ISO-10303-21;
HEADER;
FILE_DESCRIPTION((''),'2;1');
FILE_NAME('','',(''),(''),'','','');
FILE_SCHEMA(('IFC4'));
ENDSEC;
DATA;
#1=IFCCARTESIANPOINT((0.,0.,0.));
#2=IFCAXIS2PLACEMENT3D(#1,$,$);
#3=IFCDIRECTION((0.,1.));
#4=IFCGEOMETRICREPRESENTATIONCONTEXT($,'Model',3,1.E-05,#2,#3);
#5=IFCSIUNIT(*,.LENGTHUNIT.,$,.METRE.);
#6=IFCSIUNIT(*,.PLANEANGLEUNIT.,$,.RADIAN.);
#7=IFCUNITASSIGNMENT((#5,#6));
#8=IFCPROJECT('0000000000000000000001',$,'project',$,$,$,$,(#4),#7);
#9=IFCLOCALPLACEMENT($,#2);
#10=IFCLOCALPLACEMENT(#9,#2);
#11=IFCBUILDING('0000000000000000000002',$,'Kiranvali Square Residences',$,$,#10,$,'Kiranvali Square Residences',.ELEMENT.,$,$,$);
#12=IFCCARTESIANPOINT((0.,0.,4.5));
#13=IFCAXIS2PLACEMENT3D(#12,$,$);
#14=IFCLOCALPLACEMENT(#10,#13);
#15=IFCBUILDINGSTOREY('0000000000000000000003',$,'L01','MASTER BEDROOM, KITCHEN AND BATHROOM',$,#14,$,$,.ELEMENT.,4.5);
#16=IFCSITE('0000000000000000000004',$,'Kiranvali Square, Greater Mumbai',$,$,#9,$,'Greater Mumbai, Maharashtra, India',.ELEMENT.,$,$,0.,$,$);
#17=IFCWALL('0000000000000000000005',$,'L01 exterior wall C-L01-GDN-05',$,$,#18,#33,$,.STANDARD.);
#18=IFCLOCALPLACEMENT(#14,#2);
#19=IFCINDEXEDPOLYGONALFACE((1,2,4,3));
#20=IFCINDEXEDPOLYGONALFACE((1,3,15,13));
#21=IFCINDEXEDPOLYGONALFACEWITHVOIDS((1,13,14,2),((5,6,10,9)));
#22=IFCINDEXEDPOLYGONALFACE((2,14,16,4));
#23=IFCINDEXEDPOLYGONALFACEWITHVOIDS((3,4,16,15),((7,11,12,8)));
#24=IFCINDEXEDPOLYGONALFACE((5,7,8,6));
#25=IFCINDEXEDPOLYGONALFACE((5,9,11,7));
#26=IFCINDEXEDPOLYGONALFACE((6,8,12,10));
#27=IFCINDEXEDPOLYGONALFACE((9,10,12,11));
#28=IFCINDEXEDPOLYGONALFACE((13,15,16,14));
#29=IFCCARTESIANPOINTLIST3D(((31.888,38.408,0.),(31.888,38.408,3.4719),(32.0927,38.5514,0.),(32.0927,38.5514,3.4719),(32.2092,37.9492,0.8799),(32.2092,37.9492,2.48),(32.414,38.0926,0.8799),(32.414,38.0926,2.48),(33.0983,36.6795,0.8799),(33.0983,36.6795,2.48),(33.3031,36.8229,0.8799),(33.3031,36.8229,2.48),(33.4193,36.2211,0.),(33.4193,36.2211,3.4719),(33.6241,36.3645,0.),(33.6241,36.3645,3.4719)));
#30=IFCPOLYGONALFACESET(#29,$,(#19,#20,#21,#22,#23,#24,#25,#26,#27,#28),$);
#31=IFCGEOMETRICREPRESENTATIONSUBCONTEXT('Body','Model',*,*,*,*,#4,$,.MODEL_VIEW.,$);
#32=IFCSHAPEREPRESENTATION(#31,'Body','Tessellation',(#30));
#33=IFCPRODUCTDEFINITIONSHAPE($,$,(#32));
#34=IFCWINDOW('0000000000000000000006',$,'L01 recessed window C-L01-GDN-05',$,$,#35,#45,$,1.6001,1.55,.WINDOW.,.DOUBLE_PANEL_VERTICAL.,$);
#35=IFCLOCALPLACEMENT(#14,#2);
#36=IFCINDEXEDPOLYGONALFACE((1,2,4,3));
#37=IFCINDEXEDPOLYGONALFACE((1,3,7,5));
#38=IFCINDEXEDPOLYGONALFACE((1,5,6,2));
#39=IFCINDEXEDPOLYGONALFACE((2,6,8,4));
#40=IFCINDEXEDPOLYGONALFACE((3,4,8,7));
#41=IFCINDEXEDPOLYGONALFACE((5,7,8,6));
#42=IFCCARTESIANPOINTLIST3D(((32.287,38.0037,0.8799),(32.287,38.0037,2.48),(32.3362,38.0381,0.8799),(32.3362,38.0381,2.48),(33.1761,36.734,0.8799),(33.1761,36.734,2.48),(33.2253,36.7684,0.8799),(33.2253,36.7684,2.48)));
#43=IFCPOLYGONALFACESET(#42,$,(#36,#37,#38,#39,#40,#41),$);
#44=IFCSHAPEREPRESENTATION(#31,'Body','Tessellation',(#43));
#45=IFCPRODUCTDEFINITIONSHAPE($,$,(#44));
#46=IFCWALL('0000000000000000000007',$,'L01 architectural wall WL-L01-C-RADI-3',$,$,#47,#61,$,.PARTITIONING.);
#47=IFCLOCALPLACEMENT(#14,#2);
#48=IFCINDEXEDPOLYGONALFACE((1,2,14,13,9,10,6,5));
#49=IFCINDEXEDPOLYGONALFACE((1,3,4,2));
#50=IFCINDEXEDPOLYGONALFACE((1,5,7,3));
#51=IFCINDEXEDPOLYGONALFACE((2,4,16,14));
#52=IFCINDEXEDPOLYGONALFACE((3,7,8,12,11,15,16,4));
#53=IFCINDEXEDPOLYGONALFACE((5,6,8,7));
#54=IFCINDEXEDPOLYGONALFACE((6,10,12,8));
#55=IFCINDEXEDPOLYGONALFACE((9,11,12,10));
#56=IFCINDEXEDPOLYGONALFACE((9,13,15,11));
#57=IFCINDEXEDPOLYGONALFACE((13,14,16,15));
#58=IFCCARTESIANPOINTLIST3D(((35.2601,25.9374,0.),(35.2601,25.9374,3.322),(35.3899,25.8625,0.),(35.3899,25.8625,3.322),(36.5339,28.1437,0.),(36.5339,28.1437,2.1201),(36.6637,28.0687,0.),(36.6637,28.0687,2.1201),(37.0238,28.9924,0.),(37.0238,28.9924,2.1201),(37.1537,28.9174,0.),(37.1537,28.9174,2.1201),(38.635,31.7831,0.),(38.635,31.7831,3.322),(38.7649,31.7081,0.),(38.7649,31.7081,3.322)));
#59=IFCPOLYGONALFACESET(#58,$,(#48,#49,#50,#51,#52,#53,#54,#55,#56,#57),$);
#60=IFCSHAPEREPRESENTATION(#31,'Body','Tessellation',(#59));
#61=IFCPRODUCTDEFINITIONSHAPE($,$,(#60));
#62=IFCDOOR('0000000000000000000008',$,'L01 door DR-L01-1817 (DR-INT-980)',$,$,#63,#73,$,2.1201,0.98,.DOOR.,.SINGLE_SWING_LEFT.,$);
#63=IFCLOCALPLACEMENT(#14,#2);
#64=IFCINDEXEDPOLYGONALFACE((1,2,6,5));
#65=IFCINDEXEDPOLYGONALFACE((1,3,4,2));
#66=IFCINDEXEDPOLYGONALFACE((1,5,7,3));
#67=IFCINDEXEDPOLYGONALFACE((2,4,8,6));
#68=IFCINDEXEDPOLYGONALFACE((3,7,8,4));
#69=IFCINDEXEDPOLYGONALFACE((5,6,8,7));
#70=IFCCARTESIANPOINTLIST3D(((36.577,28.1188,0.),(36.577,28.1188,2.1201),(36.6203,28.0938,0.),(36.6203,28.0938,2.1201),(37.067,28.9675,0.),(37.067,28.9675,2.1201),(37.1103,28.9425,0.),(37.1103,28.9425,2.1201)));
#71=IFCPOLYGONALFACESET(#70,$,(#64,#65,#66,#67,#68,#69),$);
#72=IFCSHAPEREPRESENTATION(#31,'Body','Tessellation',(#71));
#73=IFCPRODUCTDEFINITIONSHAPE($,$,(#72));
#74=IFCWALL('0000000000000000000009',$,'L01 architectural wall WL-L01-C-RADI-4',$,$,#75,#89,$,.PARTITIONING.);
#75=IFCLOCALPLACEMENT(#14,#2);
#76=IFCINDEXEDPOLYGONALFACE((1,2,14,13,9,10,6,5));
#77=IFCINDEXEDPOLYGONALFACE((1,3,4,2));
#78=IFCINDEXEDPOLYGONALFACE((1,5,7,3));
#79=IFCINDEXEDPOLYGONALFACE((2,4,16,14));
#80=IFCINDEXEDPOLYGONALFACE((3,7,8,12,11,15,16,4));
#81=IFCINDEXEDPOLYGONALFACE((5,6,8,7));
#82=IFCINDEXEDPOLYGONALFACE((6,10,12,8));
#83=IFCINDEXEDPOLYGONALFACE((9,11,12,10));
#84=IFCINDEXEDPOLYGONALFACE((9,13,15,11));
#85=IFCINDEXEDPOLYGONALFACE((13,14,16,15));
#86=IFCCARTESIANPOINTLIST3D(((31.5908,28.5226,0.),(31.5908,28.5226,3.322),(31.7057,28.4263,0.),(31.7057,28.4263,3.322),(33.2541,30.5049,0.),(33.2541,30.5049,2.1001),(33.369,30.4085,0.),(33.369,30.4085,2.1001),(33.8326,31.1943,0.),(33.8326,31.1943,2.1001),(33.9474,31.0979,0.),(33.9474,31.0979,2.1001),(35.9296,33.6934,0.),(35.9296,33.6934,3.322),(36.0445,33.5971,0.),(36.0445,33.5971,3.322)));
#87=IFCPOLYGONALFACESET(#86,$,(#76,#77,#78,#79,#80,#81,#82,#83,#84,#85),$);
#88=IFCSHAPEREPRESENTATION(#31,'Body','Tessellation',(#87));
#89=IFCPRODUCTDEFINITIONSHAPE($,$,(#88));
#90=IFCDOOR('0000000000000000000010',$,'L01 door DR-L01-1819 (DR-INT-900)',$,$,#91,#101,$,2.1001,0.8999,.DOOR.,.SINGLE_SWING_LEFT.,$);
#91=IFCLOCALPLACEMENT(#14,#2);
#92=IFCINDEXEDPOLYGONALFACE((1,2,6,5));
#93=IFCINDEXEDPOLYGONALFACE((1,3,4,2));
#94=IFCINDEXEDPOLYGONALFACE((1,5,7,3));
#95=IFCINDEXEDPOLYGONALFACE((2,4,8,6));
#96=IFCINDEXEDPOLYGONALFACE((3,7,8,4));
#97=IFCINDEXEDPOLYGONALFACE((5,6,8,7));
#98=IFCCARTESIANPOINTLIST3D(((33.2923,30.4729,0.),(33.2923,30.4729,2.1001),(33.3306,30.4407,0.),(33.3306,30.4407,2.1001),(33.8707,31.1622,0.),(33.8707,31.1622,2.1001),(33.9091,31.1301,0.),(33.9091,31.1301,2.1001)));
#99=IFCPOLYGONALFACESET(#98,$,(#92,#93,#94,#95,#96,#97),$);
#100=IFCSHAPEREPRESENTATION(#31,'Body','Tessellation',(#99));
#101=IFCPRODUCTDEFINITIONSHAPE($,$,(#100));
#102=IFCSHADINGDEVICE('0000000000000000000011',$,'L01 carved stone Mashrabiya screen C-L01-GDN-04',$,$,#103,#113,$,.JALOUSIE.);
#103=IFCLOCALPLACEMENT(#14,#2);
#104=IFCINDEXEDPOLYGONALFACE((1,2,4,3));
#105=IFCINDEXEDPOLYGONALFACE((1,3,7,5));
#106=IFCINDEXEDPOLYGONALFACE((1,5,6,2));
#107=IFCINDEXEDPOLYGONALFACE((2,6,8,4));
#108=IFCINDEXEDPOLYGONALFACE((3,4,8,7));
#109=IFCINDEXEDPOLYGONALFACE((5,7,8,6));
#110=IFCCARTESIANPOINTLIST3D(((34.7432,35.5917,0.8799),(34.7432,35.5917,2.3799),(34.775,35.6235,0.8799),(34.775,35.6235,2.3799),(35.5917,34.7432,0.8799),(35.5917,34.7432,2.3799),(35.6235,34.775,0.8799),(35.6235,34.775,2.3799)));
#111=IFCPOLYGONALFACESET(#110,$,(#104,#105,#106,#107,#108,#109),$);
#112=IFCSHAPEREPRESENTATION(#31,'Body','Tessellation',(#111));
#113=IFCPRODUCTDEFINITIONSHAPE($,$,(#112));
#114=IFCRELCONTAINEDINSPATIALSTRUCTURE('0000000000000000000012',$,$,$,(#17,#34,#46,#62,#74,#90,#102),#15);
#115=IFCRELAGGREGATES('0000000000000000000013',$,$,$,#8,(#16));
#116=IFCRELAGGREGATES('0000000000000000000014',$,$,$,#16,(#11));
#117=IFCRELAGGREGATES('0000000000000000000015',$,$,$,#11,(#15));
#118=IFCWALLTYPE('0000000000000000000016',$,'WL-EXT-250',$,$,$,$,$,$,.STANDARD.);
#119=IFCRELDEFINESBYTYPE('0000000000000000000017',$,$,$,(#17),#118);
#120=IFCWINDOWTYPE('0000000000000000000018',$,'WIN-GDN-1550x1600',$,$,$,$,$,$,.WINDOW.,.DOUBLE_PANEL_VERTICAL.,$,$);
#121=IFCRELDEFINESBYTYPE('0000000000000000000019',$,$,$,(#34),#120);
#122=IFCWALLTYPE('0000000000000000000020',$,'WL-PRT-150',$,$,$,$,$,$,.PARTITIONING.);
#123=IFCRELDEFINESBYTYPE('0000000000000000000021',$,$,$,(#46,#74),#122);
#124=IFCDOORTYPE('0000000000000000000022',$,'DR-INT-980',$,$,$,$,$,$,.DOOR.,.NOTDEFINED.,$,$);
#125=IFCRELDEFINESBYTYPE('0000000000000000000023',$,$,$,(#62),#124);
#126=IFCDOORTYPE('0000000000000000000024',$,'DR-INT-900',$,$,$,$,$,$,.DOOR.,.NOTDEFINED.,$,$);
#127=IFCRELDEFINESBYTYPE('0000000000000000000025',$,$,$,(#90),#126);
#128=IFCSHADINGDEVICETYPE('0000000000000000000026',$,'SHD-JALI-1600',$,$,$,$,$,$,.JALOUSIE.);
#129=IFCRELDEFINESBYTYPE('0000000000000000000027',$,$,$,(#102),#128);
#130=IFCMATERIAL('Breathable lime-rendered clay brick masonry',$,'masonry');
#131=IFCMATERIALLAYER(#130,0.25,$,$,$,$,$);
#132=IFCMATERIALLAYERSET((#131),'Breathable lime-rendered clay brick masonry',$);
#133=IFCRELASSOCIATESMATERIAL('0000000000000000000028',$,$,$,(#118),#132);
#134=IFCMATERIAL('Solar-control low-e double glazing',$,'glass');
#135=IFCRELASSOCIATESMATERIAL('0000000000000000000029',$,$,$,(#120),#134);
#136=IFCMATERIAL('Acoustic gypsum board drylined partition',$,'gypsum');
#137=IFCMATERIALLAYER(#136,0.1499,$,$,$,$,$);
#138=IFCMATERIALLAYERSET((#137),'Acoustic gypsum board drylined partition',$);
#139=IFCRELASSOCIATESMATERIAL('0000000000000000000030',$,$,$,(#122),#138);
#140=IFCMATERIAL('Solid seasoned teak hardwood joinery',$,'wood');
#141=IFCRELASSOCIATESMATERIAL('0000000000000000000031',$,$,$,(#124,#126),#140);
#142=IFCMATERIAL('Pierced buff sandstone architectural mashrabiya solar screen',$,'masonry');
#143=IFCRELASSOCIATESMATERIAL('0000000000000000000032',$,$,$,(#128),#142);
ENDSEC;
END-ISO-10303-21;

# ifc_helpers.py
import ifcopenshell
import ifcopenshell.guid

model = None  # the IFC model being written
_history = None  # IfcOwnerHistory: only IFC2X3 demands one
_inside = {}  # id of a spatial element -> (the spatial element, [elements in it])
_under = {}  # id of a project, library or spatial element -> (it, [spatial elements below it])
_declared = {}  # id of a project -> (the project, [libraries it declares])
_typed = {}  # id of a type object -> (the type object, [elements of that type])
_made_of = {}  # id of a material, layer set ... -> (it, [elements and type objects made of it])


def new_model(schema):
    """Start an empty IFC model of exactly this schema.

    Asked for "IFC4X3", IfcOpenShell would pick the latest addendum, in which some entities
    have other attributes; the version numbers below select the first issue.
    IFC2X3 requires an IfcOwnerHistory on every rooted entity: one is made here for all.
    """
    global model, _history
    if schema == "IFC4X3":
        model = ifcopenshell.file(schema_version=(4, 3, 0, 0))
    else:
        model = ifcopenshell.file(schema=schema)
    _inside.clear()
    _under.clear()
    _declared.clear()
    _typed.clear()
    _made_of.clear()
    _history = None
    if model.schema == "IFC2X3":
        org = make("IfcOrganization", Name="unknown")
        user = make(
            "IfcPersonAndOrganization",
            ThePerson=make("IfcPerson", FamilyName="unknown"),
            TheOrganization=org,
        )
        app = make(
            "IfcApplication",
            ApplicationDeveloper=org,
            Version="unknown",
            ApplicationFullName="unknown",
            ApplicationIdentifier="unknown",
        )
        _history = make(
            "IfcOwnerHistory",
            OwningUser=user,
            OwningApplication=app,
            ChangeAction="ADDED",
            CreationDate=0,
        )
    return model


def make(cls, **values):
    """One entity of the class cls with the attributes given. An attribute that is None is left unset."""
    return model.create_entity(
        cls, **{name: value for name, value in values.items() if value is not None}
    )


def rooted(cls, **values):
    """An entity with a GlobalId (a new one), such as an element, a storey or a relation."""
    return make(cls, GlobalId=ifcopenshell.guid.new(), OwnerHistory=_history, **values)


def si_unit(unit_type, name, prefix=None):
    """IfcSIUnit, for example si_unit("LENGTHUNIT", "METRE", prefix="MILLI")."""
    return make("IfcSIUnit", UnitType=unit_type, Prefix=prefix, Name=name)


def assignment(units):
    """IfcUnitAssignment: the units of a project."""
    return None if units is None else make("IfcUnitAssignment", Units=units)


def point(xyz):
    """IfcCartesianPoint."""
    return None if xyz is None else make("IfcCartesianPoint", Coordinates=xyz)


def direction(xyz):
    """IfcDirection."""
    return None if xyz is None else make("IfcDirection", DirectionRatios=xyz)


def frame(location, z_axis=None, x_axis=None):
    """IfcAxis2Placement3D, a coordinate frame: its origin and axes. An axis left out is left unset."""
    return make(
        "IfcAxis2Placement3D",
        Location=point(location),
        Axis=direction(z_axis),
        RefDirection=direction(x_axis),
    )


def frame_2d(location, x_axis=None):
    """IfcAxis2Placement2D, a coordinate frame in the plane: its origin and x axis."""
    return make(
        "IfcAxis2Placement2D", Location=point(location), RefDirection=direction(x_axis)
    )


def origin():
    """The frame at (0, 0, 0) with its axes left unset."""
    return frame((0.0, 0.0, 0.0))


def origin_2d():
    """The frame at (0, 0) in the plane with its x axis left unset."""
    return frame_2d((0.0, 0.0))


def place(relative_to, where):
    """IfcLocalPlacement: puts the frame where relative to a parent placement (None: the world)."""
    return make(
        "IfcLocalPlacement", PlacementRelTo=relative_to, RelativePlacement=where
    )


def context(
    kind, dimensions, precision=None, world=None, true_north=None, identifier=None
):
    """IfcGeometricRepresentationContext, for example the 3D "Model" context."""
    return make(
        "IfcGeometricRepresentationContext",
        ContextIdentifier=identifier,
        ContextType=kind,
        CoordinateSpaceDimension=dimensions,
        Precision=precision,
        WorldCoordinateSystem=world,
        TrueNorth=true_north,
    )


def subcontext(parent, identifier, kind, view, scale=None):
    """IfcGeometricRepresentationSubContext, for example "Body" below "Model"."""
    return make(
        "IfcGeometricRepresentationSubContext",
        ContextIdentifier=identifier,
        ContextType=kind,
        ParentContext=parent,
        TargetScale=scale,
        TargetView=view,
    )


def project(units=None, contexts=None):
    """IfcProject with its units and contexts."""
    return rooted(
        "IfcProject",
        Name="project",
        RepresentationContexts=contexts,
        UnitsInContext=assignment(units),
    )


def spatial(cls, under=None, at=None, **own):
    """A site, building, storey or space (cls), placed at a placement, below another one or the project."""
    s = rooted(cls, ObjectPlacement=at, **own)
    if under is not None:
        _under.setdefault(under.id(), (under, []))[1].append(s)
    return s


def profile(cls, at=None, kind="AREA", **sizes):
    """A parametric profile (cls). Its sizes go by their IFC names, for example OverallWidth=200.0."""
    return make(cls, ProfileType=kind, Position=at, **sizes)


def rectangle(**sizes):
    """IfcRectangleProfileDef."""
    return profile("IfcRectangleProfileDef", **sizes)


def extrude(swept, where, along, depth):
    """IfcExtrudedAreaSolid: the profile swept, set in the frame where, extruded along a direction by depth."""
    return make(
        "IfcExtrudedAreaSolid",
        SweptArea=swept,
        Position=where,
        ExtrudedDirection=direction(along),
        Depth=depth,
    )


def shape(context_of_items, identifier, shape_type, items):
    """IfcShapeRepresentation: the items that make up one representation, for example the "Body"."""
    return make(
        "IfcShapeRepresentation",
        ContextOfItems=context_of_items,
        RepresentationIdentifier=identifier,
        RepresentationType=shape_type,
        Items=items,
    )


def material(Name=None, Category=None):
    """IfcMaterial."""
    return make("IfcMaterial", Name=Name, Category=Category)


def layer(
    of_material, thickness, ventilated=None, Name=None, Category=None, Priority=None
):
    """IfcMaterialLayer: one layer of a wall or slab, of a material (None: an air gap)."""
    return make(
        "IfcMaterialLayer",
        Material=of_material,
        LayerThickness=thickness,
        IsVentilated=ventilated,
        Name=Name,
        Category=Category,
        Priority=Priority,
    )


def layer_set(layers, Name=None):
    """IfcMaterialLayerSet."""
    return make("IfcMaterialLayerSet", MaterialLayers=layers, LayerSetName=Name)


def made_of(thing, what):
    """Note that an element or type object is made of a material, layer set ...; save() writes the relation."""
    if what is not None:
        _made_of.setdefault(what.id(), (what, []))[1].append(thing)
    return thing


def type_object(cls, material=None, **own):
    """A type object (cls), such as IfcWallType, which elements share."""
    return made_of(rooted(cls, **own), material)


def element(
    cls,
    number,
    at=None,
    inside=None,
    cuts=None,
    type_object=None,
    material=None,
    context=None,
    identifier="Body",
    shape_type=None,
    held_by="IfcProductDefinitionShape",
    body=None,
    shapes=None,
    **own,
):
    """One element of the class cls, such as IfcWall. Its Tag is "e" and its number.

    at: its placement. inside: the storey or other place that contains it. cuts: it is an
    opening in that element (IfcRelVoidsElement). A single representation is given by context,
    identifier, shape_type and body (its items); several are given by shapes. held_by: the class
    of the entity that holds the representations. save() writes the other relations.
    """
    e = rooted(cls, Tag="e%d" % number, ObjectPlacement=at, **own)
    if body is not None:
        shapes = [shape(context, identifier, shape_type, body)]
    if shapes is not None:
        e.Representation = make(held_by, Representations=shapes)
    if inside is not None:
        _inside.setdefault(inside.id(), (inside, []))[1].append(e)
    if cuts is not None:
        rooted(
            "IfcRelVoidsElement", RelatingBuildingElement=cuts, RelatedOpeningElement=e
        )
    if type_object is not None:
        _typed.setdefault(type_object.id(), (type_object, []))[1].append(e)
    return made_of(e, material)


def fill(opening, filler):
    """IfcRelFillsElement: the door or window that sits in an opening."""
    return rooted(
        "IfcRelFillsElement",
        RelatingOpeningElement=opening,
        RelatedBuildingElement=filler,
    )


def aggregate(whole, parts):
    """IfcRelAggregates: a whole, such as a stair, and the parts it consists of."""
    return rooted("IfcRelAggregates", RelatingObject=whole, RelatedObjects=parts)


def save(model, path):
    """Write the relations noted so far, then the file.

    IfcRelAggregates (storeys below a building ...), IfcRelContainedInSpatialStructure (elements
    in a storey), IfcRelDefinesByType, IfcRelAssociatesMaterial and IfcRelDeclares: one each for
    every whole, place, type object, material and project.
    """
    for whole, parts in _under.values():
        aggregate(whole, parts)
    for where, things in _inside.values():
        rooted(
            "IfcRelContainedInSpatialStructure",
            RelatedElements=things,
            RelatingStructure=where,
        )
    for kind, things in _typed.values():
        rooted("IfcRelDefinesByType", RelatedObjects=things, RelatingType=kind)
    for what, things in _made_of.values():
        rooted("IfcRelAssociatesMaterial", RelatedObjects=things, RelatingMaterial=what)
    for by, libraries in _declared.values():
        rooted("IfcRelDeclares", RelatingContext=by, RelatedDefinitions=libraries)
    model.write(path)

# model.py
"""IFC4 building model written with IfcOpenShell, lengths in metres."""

from ifc_helpers import new_model, si_unit, direction, frame, frame_2d, origin, origin_2d, place, context, subcontext, project, spatial, rectangle, extrude, material, layer, layer_set, type_object, element, fill, save


model = new_model("IFC4")

# Units and contexts
model_context = context("Model", 3, precision=1e-05, world=origin(), true_north=direction((0.0, 1.0)))
body_context = subcontext(model_context, "Body", "Model", "MODEL_VIEW")
ifc_project = project(units=[si_unit("LENGTHUNIT", "METRE"), si_unit("PLANEANGLEUNIT", "RADIAN")], contexts=[model_context])

# Site, building, storey
site_placement = place(None, origin())
site = spatial("IfcSite", under=ifc_project, at=site_placement, Name="Kiranvali Square, Greater Mumbai", LongName="Greater Mumbai, Maharashtra, India", CompositionType="ELEMENT", RefElevation=0.0)
building_placement = place(site_placement, origin())
building = spatial("IfcBuilding", under=site, at=building_placement, Name="Kiranvali Square Residences", LongName="Kiranvali Square Residences", CompositionType="ELEMENT")
storey_placement = place(building_placement, frame((0.0, 0.0, 4.5)))
storey = spatial("IfcBuildingStorey", under=building, at=storey_placement, Name="L01", Description="MASTER BEDROOM, KITCHEN AND BATHROOM", CompositionType="ELEMENT", Elevation=4.5)

# Shared definitions
ifc_material_1 = material(Name="Solar-control low-e double glazing", Category="glass")

# Wall, opening, window
ifc_material_2 = material(Name="Breathable lime-rendered clay brick masonry", Category="masonry")
ifc_layer_1 = layer(ifc_material_2, 0.25)
ifc_layer_set_1 = layer_set([ifc_layer_1], Name="Breathable lime-rendered clay brick masonry")
wall_type_1 = type_object("IfcWallType", Name="WL-EXT-250", PredefinedType="STANDARD", material=ifc_layer_set_1)
wall_1_placement = place(storey_placement, frame((33.5217, 36.2927, 0.0), z_axis=(0.0, 0.0, 1.0), x_axis=(-0.573591, 0.819142, 0.0)))
wall_1 = element("IfcWall", 1, at=wall_1_placement, inside=storey, type_object=wall_type_1, Name="L01 exterior wall C-L01-GDN-05", PredefinedType="STANDARD", context=body_context, shape_type="SweptSolid", body=[
    extrude(rectangle(XDim=2.6697, YDim=0.25, at=frame_2d((1.335, 0.0))), origin(), (0.0, 0.0, 1.0), 3.4719),
])
opening_1_placement = place(wall_1_placement, frame((0.5598, 0.0, 0.8799)))
opening_1 = element("IfcOpeningElement", 2, at=opening_1_placement, cuts=wall_1, PredefinedType="OPENING", context=body_context, shape_type="SweptSolid", body=[
    extrude(rectangle(XDim=1.55, YDim=1.6001, at=frame_2d((0.7749, 0.8))), frame((0.0, 0.135, 0.0), z_axis=(0.0, -1.0, 0.0), x_axis=(1.0, 0.0, 0.0)), (0.0, 0.0, 1.0), 0.27),
])
window_type_1 = type_object("IfcWindowType", Name="WIN-GDN-1550x1600", PartitioningType="DOUBLE_PANEL_VERTICAL", PredefinedType="WINDOW", material=ifc_material_1)
window_1_placement = place(opening_1_placement, origin())
window_1 = element("IfcWindow", 3, at=window_1_placement, inside=storey, type_object=window_type_1, Name="L01 recessed window C-L01-GDN-05", OverallHeight=1.6001, OverallWidth=1.55, PartitioningType="DOUBLE_PANEL_VERTICAL", PredefinedType="WINDOW", context=body_context, shape_type="SweptSolid", body=[
    extrude(rectangle(XDim=1.55, YDim=1.6001, at=frame_2d((0.7749, 0.8))), frame((0.0, 0.03, 0.0), z_axis=(0.0, -1.0, 0.0), x_axis=(1.0, 0.0, 0.0)), (0.0, 0.0, 1.0), 0.0601),
])
fill(opening_1, window_1)

# Walls, openings, doors
ifc_material_3 = material(Name="Acoustic gypsum board drylined partition", Category="gypsum")
ifc_layer_2 = layer(ifc_material_3, 0.1499)
ifc_layer_set_2 = layer_set([ifc_layer_2], Name="Acoustic gypsum board drylined partition")
wall_type_2 = type_object("IfcWallType", Name="WL-PRT-150", PredefinedType="PARTITIONING", material=ifc_layer_set_2)
wall_2_placement = place(storey_placement, frame((38.7, 31.7456, 0.0), z_axis=(0.0, 0.0, 1.0), x_axis=(-0.499998, -0.866027, 0.0)))
wall_2 = element("IfcWall", 4, at=wall_2_placement, inside=storey, type_object=wall_type_2, Name="L01 architectural wall WL-L01-C-RADI-3", PredefinedType="PARTITIONING", context=body_context, shape_type="SweptSolid", body=[
    extrude(rectangle(XDim=6.75, YDim=0.1499, at=frame_2d((3.375, 0.0))), origin(), (0.0, 0.0, 1.0), 3.322),
])
opening_2_placement = place(wall_2_placement, frame((3.2224, 0.0, 0.0)))
opening_2 = element("IfcOpeningElement", 5, at=opening_2_placement, cuts=wall_2, PredefinedType="OPENING", context=body_context, shape_type="SweptSolid", body=[
    extrude(rectangle(XDim=0.98, YDim=2.1201, at=frame_2d((0.49, 1.0601))), frame((0.0, 0.085, 0.0), z_axis=(0.0, -1.0, 0.0), x_axis=(1.0, 0.0, 0.0)), (0.0, 0.0, 1.0), 0.1699),
])
ifc_material_4 = material(Name="Solid seasoned teak hardwood joinery", Category="wood")
door_type_1 = type_object("IfcDoorType", Name="DR-INT-980", OperationType="NOTDEFINED", PredefinedType="DOOR", material=ifc_material_4)
door_1_placement = place(opening_2_placement, origin())
door_1 = element("IfcDoor", 6, at=door_1_placement, inside=storey, type_object=door_type_1, Name="L01 door DR-L01-1817 (DR-INT-980)", OperationType="SINGLE_SWING_LEFT", OverallHeight=2.1201, OverallWidth=0.98, PredefinedType="DOOR", context=body_context, shape_type="SweptSolid", body=[
    extrude(rectangle(XDim=0.98, YDim=2.1201, at=frame_2d((0.49, 1.0601))), frame((0.0, 0.0249, 0.0), z_axis=(0.0, -1.0, 0.0), x_axis=(1.0, 0.0, 0.0)), (0.0, 0.0, 1.0), 0.05),
])
fill(opening_2, door_1)
wall_3_placement = place(storey_placement, frame((35.9871, 33.6453, 0.0), z_axis=(0.0, 0.0, 1.0), x_axis=(-0.642785, -0.766047, 0.0)))
wall_3 = element("IfcWall", 7, at=wall_3_placement, inside=storey, type_object=wall_type_2, Name="L01 architectural wall WL-L01-C-RADI-4", PredefinedType="PARTITIONING", context=body_context, shape_type="SweptSolid", body=[
    extrude(rectangle(XDim=6.75, YDim=0.1499, at=frame_2d((3.375, 0.0))), origin(), (0.0, 0.0, 1.0), 3.322),
])
opening_3_placement = place(wall_3_placement, frame((3.2625, 0.0, 0.0)))
opening_3 = element("IfcOpeningElement", 8, at=opening_3_placement, cuts=wall_3, PredefinedType="OPENING", context=body_context, shape_type="SweptSolid", body=[
    extrude(rectangle(XDim=0.8999, YDim=2.1001, at=frame_2d((0.45, 1.05))), frame((0.0, 0.085, 0.0), z_axis=(0.0, -1.0, 0.0), x_axis=(1.0, 0.0, 0.0)), (0.0, 0.0, 1.0), 0.1699),
])
door_type_2 = type_object("IfcDoorType", Name="DR-INT-900", OperationType="NOTDEFINED", PredefinedType="DOOR", material=ifc_material_4)
door_2_placement = place(opening_3_placement, origin())
door_2 = element("IfcDoor", 9, at=door_2_placement, inside=storey, type_object=door_type_2, Name="L01 door DR-L01-1819 (DR-INT-900)", OperationType="SINGLE_SWING_LEFT", OverallHeight=2.1001, OverallWidth=0.8999, PredefinedType="DOOR", context=body_context, shape_type="SweptSolid", body=[
    extrude(rectangle(XDim=0.8999, YDim=2.1001, at=frame_2d((0.45, 1.05))), frame((0.0, 0.0249, 0.0), z_axis=(0.0, -1.0, 0.0), x_axis=(1.0, 0.0, 0.0)), (0.0, 0.0, 1.0), 0.05),
])
fill(opening_3, door_2)

# Shading device
ifc_material_5 = material(Name="Pierced buff sandstone architectural mashrabiya solar screen", Category="masonry")
shading_device_type = type_object("IfcShadingDeviceType", Name="SHD-JALI-1600", PredefinedType="JALOUSIE", material=ifc_material_5)
shading_device_placement = place(storey_placement, frame((35.1833, 35.1833, 0.8799), z_axis=(0.0, 0.0, 1.0), x_axis=(-0.707107, 0.707107, 0.0)))
element("IfcShadingDevice", 10, at=shading_device_placement, inside=storey, type_object=shading_device_type, Name="L01 carved stone Mashrabiya screen C-L01-GDN-04", PredefinedType="JALOUSIE", context=body_context, shape_type="SweptSolid", body=[
    extrude(rectangle(XDim=1.2, YDim=0.0449, at=origin_2d()), origin(), (0.0, 0.0, 1.0), 1.5),
])

save(model, "model.ifc")
